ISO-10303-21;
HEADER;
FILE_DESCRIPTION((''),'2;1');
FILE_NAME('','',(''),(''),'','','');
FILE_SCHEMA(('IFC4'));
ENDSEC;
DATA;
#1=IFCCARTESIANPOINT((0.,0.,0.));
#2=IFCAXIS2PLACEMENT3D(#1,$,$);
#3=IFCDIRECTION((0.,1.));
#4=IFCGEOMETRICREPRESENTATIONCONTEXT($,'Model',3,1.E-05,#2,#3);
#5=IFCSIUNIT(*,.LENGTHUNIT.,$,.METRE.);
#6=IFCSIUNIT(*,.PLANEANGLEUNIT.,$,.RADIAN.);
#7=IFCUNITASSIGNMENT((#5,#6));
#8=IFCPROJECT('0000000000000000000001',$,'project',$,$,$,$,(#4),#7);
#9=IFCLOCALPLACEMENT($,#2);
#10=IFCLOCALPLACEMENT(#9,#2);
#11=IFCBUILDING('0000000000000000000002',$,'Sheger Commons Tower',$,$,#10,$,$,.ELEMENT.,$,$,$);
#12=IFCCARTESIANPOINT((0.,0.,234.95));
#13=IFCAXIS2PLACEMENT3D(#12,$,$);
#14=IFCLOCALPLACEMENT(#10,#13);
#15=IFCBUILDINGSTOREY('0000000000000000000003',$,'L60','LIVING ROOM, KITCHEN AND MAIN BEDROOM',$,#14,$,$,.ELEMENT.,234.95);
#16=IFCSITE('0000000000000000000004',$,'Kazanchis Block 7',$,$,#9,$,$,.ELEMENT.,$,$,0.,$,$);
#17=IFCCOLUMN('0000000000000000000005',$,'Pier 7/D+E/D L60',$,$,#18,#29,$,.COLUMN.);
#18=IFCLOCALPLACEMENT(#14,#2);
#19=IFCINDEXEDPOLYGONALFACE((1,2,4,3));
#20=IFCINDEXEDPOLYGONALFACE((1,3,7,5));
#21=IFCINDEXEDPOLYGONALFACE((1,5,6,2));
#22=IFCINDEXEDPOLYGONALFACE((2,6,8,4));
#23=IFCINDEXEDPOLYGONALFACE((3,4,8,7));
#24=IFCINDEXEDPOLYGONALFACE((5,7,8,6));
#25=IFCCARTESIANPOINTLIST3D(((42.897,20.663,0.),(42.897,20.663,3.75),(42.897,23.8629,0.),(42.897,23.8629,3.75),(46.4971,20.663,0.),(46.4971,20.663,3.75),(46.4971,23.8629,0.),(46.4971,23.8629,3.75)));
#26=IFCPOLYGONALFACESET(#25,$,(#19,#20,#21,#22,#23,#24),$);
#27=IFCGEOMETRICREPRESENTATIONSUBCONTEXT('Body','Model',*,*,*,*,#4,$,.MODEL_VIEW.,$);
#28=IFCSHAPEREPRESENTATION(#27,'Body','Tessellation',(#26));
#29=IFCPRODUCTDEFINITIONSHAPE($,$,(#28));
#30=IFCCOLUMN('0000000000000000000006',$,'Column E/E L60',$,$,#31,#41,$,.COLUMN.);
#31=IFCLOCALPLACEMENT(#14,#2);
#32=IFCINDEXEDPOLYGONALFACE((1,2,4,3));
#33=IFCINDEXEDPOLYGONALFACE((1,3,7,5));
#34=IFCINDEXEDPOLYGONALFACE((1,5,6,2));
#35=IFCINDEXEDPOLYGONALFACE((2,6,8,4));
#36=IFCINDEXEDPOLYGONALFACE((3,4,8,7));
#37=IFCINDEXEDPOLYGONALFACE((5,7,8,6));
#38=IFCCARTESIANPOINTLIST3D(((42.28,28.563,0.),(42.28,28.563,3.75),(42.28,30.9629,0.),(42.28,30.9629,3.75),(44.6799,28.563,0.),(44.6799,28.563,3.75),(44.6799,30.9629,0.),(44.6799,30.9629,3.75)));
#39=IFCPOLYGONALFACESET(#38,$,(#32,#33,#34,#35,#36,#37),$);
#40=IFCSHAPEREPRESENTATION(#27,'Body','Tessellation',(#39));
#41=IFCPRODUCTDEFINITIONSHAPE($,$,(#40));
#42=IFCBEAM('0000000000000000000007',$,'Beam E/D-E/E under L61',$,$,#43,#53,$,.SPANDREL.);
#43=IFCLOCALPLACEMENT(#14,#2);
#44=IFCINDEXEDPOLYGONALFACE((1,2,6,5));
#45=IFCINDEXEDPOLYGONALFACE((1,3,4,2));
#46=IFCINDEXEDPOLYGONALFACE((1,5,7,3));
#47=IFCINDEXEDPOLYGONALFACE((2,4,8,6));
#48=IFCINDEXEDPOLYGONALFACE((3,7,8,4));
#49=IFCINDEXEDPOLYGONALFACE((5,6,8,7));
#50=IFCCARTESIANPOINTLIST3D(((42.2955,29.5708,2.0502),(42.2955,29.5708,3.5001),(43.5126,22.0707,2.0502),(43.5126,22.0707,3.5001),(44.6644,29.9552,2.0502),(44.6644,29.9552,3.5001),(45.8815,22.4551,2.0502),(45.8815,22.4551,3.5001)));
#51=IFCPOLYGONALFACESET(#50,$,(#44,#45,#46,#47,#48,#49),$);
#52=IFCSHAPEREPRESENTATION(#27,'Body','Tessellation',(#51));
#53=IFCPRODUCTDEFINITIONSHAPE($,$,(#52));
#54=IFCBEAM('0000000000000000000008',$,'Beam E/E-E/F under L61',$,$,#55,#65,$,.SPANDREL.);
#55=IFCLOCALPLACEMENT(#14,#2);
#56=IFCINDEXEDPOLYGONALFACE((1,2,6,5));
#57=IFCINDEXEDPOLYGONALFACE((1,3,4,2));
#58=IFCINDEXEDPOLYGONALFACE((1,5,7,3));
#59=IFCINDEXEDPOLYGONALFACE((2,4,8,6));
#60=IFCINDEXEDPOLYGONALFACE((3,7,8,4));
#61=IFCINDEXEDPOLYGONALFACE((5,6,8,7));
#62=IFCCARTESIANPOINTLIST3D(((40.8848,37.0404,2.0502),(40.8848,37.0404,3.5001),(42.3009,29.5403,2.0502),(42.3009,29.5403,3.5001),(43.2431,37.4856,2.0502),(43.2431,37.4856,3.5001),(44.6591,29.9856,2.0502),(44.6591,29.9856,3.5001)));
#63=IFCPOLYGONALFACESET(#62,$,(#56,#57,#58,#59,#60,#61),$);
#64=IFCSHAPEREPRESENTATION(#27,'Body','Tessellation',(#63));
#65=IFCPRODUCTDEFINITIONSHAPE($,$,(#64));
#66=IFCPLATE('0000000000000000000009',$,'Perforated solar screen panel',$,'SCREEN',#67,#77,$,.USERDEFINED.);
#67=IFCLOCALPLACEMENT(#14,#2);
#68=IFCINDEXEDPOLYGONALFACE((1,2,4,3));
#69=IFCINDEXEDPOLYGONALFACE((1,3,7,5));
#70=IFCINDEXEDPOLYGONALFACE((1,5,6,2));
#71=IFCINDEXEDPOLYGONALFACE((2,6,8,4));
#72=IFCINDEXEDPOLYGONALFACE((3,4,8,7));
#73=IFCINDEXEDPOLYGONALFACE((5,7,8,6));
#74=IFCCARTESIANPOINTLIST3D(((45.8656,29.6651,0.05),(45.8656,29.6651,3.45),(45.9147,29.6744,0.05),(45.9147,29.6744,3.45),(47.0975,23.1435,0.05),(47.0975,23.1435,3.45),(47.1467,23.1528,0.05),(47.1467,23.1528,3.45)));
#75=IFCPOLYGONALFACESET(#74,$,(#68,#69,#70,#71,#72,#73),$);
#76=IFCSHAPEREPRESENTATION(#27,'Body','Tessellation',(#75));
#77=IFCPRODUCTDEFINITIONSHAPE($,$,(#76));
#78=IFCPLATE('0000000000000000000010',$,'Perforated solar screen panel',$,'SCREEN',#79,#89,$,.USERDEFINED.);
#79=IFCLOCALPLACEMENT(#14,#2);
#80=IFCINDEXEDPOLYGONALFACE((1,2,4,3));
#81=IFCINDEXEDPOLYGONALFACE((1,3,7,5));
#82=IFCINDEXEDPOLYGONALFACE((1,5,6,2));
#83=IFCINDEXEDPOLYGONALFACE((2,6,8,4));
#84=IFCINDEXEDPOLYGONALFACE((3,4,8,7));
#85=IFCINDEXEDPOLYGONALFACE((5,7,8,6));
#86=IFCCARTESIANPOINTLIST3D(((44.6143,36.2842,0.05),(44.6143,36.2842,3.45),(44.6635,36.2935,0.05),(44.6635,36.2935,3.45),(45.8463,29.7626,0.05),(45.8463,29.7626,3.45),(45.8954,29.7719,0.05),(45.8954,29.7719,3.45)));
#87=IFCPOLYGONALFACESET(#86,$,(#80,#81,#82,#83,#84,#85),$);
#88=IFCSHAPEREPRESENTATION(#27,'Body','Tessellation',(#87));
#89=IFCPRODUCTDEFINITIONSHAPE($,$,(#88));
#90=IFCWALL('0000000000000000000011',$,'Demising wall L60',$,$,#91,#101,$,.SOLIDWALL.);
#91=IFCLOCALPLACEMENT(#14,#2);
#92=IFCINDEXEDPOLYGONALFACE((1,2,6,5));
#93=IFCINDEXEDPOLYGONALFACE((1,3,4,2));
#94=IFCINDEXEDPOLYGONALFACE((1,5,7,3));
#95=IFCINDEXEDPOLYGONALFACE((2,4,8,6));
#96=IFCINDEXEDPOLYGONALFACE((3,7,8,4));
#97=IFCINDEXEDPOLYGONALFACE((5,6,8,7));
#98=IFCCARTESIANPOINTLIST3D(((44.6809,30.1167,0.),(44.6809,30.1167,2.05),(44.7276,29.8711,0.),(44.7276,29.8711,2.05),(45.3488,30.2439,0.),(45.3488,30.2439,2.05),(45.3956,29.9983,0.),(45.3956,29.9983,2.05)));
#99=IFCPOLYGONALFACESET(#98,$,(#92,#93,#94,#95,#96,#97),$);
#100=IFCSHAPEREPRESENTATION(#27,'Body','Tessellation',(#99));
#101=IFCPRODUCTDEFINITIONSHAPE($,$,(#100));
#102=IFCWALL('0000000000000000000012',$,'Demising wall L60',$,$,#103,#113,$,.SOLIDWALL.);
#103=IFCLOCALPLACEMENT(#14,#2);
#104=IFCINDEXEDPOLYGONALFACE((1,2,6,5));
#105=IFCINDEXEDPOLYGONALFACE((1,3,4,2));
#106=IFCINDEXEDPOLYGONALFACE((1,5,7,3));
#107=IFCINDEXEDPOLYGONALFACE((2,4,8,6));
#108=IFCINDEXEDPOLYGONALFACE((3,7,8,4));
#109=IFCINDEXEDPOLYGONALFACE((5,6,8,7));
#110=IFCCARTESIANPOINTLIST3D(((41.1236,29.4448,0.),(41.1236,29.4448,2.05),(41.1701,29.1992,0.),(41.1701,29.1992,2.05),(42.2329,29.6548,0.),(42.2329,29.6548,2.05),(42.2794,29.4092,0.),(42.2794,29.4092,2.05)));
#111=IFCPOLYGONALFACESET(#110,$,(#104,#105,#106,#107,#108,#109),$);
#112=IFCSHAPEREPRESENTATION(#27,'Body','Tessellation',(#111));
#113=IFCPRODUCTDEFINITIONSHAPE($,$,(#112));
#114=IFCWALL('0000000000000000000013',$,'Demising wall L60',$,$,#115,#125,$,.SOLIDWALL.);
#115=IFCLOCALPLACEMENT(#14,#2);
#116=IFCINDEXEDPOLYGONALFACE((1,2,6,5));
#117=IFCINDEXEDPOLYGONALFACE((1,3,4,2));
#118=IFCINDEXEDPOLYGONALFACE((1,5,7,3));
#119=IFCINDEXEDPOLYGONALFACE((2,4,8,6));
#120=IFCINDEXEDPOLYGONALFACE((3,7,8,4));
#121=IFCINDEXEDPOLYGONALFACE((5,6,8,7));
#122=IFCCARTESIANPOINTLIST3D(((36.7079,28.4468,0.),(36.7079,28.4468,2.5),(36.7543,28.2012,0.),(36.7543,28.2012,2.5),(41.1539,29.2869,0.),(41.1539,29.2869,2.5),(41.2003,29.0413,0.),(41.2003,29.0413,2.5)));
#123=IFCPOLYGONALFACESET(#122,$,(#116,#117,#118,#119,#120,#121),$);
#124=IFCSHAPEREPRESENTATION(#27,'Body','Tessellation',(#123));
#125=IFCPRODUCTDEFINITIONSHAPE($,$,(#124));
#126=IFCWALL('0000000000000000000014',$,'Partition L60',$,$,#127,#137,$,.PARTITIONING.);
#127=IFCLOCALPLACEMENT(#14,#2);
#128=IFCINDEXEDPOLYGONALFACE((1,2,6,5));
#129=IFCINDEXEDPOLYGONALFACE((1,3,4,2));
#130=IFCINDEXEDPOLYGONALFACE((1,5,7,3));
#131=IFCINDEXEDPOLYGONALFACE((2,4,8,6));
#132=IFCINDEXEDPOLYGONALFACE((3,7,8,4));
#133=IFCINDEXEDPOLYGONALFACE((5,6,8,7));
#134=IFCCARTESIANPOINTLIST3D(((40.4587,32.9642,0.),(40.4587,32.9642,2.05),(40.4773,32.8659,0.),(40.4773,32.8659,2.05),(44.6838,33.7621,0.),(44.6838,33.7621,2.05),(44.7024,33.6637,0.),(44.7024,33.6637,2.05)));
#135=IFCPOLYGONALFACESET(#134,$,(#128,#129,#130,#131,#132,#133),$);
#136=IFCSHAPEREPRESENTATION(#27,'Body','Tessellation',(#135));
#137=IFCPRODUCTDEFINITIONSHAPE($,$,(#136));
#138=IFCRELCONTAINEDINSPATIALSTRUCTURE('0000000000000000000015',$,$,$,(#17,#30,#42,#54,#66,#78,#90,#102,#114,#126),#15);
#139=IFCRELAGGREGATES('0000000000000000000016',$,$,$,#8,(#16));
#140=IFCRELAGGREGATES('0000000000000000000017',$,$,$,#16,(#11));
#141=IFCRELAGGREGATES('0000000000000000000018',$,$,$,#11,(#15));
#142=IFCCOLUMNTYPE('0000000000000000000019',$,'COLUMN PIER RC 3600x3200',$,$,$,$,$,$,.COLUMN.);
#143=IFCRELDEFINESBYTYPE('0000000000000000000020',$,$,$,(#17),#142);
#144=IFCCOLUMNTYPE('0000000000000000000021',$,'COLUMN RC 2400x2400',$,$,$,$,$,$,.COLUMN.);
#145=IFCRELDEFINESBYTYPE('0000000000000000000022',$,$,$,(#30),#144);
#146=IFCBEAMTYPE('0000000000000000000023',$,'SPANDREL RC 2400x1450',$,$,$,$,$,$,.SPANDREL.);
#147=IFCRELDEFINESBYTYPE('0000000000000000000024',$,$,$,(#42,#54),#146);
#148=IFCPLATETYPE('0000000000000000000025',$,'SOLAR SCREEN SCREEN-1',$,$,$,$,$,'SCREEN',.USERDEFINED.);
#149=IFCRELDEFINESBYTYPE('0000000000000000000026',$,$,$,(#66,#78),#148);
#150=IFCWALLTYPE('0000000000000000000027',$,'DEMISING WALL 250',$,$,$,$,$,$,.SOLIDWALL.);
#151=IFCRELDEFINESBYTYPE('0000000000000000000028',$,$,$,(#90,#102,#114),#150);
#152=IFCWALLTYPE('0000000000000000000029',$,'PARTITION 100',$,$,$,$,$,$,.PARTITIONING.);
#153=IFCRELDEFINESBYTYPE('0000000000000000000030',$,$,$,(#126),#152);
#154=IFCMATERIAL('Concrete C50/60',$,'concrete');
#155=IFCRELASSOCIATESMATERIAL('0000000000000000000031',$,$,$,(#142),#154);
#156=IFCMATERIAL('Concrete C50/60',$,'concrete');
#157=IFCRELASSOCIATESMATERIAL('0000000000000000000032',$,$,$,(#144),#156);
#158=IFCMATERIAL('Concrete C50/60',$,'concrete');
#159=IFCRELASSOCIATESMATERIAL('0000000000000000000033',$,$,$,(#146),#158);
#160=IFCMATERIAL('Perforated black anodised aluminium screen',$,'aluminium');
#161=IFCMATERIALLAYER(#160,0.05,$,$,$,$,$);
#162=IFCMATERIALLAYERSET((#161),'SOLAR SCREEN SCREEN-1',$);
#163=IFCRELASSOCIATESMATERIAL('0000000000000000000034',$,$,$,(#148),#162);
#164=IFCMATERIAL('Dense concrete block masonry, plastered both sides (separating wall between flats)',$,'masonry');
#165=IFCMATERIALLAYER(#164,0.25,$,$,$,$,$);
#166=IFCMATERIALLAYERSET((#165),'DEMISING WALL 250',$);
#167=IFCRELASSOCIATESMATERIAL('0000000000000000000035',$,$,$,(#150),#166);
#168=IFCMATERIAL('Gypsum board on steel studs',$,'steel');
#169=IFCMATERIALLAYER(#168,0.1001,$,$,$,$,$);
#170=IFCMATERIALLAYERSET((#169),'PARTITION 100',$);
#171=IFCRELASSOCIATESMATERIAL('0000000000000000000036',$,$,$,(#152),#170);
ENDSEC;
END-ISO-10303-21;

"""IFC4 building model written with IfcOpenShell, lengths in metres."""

from ifc_helpers import new_model, si_unit, direction, frame, frame_2d, origin, origin_2d, place, context, subcontext, project, spatial, rectangle, extrude, material, layer, layer_set, material_profile, profile_set, type_object, element, save


model = new_model("IFC4")

# Units and contexts
model_context = context("Model", 3, precision=1e-05, world=origin(), true_north=direction((0.0, 1.0)))
body_context = subcontext(model_context, "Body", "Model", "MODEL_VIEW")
ifc_project = project(units=[si_unit("LENGTHUNIT", "METRE"), si_unit("PLANEANGLEUNIT", "RADIAN")], contexts=[model_context])

# Site, building, storey
site_placement = place(None, origin())
site = spatial("IfcSite", under=ifc_project, at=site_placement, Name="Kazanchis Block 7", CompositionType="ELEMENT", RefElevation=0.0)
building_placement = place(site_placement, origin())
building = spatial("IfcBuilding", under=site, at=building_placement, Name="Sheger Commons Tower", CompositionType="ELEMENT")
storey_placement = place(building_placement, frame((0.0, 0.0, 234.95)))
storey = spatial("IfcBuildingStorey", under=building, at=storey_placement, Name="L60", Description="LIVING ROOM, KITCHEN AND MAIN BEDROOM", CompositionType="ELEMENT", Elevation=234.95)

# Columns
ifc_material_1 = material(Name="Concrete C50/60", Category="concrete")
ifc_material_profile_1 = material_profile(ifc_material_1, rectangle(XDim=3.6001, YDim=3.2, at=origin_2d()), Name="RC 3600x3200")
ifc_profile_set_1 = profile_set([ifc_material_profile_1], Name="Concrete C50/60")
column_type_1 = type_object("IfcColumnType", Name="COLUMN PIER RC 3600x3200", PredefinedType="COLUMN", material=ifc_profile_set_1)
column_1_placement = place(storey_placement, frame((44.697, 22.2629, 0.0), z_axis=(0.0, 0.0, 1.0), x_axis=(1.0, 0.0, 0.0)))
element("IfcColumn", 1, at=column_1_placement, inside=storey, type_object=column_type_1, Name="Pier 7/D+E/D L60", PredefinedType="COLUMN", context=body_context, shape_type="SweptSolid", body=[
    extrude(rectangle(XDim=3.6001, YDim=3.2, at=origin_2d()), origin(), (0.0, 0.0, 1.0), 3.75),
])
ifc_material_2 = material(Name="Concrete C50/60", Category="concrete")
ifc_material_profile_2 = material_profile(ifc_material_2, rectangle(XDim=2.3999, YDim=2.3999, at=origin_2d()), Name="RC 2400x2400")
ifc_profile_set_2 = profile_set([ifc_material_profile_2], Name="Concrete C50/60")
column_type_2 = type_object("IfcColumnType", Name="COLUMN RC 2400x2400", PredefinedType="COLUMN", material=ifc_profile_set_2)
column_2_placement = place(storey_placement, frame((43.48, 29.7629, 0.0), z_axis=(0.0, 0.0, 1.0), x_axis=(1.0, 0.0, 0.0)))
element("IfcColumn", 2, at=column_2_placement, inside=storey, type_object=column_type_2, Name="Column E/E L60", PredefinedType="COLUMN", context=body_context, shape_type="SweptSolid", body=[
    extrude(rectangle(XDim=2.3999, YDim=2.3999, at=origin_2d()), origin(), (0.0, 0.0, 1.0), 3.75),
])

# Beams
ifc_material_3 = material(Name="Concrete C50/60", Category="concrete")
ifc_material_profile_3 = material_profile(ifc_material_3, rectangle(XDim=2.3999, YDim=1.45, at=origin_2d()), Name="RC 2400x1450")
ifc_profile_set_3 = profile_set([ifc_material_profile_3], Name="Concrete C50/60")
beam_type = type_object("IfcBeamType", Name="SPANDREL RC 2400x1450", PredefinedType="SPANDREL", material=ifc_profile_set_3)
beam_1_placement = place(storey_placement, frame((44.697, 22.2629, 2.7751), z_axis=(-0.160177, 0.987088, 0.0), x_axis=(-0.987088, -0.160177, 0.0)))
element("IfcBeam", 3, at=beam_1_placement, inside=storey, type_object=beam_type, Name="Beam E/D-E/E under L61", PredefinedType="SPANDREL", context=body_context, shape_type="SweptSolid", body=[
    extrude(rectangle(XDim=2.3999, YDim=1.45, at=origin_2d()), origin(), (0.0, 0.0, 1.0), 7.5981),
])
beam_2_placement = place(storey_placement, frame((43.48, 29.7629, 2.7751), z_axis=(-0.185524, 0.98264, 0.0), x_axis=(-0.98264, -0.185524, 0.0)))
element("IfcBeam", 4, at=beam_2_placement, inside=storey, type_object=beam_type, Name="Beam E/E-E/F under L61", PredefinedType="SPANDREL", context=body_context, shape_type="SweptSolid", body=[
    extrude(rectangle(XDim=2.3999, YDim=1.45, at=origin_2d()), origin(), (0.0, 0.0, 1.0), 7.6326),
])

# Plates
ifc_material_4 = material(Name="Perforated black anodised aluminium screen", Category="aluminium")
ifc_layer_1 = layer(ifc_material_4, 0.05)
ifc_layer_set_1 = layer_set([ifc_layer_1], Name="SOLAR SCREEN SCREEN-1")
plate_type = type_object("IfcPlateType", Name="SOLAR SCREEN SCREEN-1", ElementType="SCREEN", PredefinedType="USERDEFINED", material=ifc_layer_set_1)
for number, where, z_axis, x_axis, name in (
    (5, (46.5061, 26.4089, 0.05), (0.0, 0.0, 1.0), (-0.185615, 0.982623, 0.0), "Perforated solar screen panel"),
    (6, (45.2549, 33.0281, 0.05), (0.0, 0.0, 1.0), (-0.185615, 0.982623, 0.0), "Perforated solar screen panel"),
):
    element("IfcPlate", number, at=place(storey_placement, frame(where, z_axis=z_axis, x_axis=x_axis)), inside=storey, type_object=plate_type, Name=name, ObjectType="SCREEN", PredefinedType="USERDEFINED", context=body_context, shape_type="SweptSolid", body=[
        extrude(rectangle(XDim=6.637, YDim=0.05, at=origin_2d()), origin(), (0.0, 0.0, 1.0), 3.3999),
    ])

# Walls
ifc_material_5 = material(Name="Dense concrete block masonry, plastered both sides (separating wall between flats)", Category="masonry")
ifc_layer_2 = layer(ifc_material_5, 0.25)
ifc_layer_set_2 = layer_set([ifc_layer_2], Name="DEMISING WALL 250")
wall_type_1 = type_object("IfcWallType", Name="DEMISING WALL 250", PredefinedType="SOLIDWALL", material=ifc_layer_set_2)
wall_1_placement = place(storey_placement, frame((45.3721, 30.1211, 0.0), z_axis=(0.0, 0.0, 1.0), x_axis=(-0.982348, -0.187063, 0.0)))
element("IfcWall", 7, at=wall_1_placement, inside=storey, type_object=wall_type_1, Name="Demising wall L60", PredefinedType="SOLIDWALL", context=body_context, shape_type="SweptSolid", body=[
    extrude(rectangle(XDim=0.6799, YDim=0.25, at=frame_2d((0.3398, 0.0))), origin(), (0.0, 0.0, 1.0), 2.05),
])
wall_2_placement = place(storey_placement, frame((42.2561, 29.532, 0.0), z_axis=(0.0, 0.0, 1.0), x_axis=(-0.98255, -0.185999, 0.0)))
element("IfcWall", 8, at=wall_2_placement, inside=storey, type_object=wall_type_1, Name="Demising wall L60", PredefinedType="SOLIDWALL", context=body_context, shape_type="SweptSolid", body=[
    extrude(rectangle(XDim=1.1289, YDim=0.25, at=frame_2d((0.5645, 0.0))), origin(), (0.0, 0.0, 1.0), 2.05),
])
wall_3_placement = place(storey_placement, frame((41.177, 29.1641, 0.0), z_axis=(0.0, 0.0, 1.0), x_axis=(-0.982613, -0.185666, 0.0)))
element("IfcWall", 9, at=wall_3_placement, inside=storey, type_object=wall_type_1, Name="Demising wall L60", PredefinedType="SOLIDWALL", context=body_context, shape_type="SweptSolid", body=[
    extrude(rectangle(XDim=4.5247, YDim=0.25, at=frame_2d((2.2622, 0.0))), origin(), (0.0, 0.0, 1.0), 2.5),
])
ifc_material_6 = material(Name="Gypsum board on steel studs", Category="steel")
ifc_layer_3 = layer(ifc_material_6, 0.1001)
ifc_layer_set_3 = layer_set([ifc_layer_3], Name="PARTITION 100")
wall_type_2 = type_object("IfcWallType", Name="PARTITION 100", PredefinedType="PARTITIONING", material=ifc_layer_set_3)
wall_4_placement = place(storey_placement, frame((44.6931, 33.7129, 0.0), z_axis=(0.0, 0.0, 1.0), x_axis=(-0.982634, -0.185557, 0.0)))
element("IfcWall", 10, at=wall_4_placement, inside=storey, type_object=wall_type_2, Name="Partition L60", PredefinedType="PARTITIONING", context=body_context, shape_type="SweptSolid", body=[
    extrude(rectangle(XDim=4.2998, YDim=0.1001, at=frame_2d((2.1499, 0.0))), origin(), (0.0, 0.0, 1.0), 2.05),
])

save(model, "model.ifc")
